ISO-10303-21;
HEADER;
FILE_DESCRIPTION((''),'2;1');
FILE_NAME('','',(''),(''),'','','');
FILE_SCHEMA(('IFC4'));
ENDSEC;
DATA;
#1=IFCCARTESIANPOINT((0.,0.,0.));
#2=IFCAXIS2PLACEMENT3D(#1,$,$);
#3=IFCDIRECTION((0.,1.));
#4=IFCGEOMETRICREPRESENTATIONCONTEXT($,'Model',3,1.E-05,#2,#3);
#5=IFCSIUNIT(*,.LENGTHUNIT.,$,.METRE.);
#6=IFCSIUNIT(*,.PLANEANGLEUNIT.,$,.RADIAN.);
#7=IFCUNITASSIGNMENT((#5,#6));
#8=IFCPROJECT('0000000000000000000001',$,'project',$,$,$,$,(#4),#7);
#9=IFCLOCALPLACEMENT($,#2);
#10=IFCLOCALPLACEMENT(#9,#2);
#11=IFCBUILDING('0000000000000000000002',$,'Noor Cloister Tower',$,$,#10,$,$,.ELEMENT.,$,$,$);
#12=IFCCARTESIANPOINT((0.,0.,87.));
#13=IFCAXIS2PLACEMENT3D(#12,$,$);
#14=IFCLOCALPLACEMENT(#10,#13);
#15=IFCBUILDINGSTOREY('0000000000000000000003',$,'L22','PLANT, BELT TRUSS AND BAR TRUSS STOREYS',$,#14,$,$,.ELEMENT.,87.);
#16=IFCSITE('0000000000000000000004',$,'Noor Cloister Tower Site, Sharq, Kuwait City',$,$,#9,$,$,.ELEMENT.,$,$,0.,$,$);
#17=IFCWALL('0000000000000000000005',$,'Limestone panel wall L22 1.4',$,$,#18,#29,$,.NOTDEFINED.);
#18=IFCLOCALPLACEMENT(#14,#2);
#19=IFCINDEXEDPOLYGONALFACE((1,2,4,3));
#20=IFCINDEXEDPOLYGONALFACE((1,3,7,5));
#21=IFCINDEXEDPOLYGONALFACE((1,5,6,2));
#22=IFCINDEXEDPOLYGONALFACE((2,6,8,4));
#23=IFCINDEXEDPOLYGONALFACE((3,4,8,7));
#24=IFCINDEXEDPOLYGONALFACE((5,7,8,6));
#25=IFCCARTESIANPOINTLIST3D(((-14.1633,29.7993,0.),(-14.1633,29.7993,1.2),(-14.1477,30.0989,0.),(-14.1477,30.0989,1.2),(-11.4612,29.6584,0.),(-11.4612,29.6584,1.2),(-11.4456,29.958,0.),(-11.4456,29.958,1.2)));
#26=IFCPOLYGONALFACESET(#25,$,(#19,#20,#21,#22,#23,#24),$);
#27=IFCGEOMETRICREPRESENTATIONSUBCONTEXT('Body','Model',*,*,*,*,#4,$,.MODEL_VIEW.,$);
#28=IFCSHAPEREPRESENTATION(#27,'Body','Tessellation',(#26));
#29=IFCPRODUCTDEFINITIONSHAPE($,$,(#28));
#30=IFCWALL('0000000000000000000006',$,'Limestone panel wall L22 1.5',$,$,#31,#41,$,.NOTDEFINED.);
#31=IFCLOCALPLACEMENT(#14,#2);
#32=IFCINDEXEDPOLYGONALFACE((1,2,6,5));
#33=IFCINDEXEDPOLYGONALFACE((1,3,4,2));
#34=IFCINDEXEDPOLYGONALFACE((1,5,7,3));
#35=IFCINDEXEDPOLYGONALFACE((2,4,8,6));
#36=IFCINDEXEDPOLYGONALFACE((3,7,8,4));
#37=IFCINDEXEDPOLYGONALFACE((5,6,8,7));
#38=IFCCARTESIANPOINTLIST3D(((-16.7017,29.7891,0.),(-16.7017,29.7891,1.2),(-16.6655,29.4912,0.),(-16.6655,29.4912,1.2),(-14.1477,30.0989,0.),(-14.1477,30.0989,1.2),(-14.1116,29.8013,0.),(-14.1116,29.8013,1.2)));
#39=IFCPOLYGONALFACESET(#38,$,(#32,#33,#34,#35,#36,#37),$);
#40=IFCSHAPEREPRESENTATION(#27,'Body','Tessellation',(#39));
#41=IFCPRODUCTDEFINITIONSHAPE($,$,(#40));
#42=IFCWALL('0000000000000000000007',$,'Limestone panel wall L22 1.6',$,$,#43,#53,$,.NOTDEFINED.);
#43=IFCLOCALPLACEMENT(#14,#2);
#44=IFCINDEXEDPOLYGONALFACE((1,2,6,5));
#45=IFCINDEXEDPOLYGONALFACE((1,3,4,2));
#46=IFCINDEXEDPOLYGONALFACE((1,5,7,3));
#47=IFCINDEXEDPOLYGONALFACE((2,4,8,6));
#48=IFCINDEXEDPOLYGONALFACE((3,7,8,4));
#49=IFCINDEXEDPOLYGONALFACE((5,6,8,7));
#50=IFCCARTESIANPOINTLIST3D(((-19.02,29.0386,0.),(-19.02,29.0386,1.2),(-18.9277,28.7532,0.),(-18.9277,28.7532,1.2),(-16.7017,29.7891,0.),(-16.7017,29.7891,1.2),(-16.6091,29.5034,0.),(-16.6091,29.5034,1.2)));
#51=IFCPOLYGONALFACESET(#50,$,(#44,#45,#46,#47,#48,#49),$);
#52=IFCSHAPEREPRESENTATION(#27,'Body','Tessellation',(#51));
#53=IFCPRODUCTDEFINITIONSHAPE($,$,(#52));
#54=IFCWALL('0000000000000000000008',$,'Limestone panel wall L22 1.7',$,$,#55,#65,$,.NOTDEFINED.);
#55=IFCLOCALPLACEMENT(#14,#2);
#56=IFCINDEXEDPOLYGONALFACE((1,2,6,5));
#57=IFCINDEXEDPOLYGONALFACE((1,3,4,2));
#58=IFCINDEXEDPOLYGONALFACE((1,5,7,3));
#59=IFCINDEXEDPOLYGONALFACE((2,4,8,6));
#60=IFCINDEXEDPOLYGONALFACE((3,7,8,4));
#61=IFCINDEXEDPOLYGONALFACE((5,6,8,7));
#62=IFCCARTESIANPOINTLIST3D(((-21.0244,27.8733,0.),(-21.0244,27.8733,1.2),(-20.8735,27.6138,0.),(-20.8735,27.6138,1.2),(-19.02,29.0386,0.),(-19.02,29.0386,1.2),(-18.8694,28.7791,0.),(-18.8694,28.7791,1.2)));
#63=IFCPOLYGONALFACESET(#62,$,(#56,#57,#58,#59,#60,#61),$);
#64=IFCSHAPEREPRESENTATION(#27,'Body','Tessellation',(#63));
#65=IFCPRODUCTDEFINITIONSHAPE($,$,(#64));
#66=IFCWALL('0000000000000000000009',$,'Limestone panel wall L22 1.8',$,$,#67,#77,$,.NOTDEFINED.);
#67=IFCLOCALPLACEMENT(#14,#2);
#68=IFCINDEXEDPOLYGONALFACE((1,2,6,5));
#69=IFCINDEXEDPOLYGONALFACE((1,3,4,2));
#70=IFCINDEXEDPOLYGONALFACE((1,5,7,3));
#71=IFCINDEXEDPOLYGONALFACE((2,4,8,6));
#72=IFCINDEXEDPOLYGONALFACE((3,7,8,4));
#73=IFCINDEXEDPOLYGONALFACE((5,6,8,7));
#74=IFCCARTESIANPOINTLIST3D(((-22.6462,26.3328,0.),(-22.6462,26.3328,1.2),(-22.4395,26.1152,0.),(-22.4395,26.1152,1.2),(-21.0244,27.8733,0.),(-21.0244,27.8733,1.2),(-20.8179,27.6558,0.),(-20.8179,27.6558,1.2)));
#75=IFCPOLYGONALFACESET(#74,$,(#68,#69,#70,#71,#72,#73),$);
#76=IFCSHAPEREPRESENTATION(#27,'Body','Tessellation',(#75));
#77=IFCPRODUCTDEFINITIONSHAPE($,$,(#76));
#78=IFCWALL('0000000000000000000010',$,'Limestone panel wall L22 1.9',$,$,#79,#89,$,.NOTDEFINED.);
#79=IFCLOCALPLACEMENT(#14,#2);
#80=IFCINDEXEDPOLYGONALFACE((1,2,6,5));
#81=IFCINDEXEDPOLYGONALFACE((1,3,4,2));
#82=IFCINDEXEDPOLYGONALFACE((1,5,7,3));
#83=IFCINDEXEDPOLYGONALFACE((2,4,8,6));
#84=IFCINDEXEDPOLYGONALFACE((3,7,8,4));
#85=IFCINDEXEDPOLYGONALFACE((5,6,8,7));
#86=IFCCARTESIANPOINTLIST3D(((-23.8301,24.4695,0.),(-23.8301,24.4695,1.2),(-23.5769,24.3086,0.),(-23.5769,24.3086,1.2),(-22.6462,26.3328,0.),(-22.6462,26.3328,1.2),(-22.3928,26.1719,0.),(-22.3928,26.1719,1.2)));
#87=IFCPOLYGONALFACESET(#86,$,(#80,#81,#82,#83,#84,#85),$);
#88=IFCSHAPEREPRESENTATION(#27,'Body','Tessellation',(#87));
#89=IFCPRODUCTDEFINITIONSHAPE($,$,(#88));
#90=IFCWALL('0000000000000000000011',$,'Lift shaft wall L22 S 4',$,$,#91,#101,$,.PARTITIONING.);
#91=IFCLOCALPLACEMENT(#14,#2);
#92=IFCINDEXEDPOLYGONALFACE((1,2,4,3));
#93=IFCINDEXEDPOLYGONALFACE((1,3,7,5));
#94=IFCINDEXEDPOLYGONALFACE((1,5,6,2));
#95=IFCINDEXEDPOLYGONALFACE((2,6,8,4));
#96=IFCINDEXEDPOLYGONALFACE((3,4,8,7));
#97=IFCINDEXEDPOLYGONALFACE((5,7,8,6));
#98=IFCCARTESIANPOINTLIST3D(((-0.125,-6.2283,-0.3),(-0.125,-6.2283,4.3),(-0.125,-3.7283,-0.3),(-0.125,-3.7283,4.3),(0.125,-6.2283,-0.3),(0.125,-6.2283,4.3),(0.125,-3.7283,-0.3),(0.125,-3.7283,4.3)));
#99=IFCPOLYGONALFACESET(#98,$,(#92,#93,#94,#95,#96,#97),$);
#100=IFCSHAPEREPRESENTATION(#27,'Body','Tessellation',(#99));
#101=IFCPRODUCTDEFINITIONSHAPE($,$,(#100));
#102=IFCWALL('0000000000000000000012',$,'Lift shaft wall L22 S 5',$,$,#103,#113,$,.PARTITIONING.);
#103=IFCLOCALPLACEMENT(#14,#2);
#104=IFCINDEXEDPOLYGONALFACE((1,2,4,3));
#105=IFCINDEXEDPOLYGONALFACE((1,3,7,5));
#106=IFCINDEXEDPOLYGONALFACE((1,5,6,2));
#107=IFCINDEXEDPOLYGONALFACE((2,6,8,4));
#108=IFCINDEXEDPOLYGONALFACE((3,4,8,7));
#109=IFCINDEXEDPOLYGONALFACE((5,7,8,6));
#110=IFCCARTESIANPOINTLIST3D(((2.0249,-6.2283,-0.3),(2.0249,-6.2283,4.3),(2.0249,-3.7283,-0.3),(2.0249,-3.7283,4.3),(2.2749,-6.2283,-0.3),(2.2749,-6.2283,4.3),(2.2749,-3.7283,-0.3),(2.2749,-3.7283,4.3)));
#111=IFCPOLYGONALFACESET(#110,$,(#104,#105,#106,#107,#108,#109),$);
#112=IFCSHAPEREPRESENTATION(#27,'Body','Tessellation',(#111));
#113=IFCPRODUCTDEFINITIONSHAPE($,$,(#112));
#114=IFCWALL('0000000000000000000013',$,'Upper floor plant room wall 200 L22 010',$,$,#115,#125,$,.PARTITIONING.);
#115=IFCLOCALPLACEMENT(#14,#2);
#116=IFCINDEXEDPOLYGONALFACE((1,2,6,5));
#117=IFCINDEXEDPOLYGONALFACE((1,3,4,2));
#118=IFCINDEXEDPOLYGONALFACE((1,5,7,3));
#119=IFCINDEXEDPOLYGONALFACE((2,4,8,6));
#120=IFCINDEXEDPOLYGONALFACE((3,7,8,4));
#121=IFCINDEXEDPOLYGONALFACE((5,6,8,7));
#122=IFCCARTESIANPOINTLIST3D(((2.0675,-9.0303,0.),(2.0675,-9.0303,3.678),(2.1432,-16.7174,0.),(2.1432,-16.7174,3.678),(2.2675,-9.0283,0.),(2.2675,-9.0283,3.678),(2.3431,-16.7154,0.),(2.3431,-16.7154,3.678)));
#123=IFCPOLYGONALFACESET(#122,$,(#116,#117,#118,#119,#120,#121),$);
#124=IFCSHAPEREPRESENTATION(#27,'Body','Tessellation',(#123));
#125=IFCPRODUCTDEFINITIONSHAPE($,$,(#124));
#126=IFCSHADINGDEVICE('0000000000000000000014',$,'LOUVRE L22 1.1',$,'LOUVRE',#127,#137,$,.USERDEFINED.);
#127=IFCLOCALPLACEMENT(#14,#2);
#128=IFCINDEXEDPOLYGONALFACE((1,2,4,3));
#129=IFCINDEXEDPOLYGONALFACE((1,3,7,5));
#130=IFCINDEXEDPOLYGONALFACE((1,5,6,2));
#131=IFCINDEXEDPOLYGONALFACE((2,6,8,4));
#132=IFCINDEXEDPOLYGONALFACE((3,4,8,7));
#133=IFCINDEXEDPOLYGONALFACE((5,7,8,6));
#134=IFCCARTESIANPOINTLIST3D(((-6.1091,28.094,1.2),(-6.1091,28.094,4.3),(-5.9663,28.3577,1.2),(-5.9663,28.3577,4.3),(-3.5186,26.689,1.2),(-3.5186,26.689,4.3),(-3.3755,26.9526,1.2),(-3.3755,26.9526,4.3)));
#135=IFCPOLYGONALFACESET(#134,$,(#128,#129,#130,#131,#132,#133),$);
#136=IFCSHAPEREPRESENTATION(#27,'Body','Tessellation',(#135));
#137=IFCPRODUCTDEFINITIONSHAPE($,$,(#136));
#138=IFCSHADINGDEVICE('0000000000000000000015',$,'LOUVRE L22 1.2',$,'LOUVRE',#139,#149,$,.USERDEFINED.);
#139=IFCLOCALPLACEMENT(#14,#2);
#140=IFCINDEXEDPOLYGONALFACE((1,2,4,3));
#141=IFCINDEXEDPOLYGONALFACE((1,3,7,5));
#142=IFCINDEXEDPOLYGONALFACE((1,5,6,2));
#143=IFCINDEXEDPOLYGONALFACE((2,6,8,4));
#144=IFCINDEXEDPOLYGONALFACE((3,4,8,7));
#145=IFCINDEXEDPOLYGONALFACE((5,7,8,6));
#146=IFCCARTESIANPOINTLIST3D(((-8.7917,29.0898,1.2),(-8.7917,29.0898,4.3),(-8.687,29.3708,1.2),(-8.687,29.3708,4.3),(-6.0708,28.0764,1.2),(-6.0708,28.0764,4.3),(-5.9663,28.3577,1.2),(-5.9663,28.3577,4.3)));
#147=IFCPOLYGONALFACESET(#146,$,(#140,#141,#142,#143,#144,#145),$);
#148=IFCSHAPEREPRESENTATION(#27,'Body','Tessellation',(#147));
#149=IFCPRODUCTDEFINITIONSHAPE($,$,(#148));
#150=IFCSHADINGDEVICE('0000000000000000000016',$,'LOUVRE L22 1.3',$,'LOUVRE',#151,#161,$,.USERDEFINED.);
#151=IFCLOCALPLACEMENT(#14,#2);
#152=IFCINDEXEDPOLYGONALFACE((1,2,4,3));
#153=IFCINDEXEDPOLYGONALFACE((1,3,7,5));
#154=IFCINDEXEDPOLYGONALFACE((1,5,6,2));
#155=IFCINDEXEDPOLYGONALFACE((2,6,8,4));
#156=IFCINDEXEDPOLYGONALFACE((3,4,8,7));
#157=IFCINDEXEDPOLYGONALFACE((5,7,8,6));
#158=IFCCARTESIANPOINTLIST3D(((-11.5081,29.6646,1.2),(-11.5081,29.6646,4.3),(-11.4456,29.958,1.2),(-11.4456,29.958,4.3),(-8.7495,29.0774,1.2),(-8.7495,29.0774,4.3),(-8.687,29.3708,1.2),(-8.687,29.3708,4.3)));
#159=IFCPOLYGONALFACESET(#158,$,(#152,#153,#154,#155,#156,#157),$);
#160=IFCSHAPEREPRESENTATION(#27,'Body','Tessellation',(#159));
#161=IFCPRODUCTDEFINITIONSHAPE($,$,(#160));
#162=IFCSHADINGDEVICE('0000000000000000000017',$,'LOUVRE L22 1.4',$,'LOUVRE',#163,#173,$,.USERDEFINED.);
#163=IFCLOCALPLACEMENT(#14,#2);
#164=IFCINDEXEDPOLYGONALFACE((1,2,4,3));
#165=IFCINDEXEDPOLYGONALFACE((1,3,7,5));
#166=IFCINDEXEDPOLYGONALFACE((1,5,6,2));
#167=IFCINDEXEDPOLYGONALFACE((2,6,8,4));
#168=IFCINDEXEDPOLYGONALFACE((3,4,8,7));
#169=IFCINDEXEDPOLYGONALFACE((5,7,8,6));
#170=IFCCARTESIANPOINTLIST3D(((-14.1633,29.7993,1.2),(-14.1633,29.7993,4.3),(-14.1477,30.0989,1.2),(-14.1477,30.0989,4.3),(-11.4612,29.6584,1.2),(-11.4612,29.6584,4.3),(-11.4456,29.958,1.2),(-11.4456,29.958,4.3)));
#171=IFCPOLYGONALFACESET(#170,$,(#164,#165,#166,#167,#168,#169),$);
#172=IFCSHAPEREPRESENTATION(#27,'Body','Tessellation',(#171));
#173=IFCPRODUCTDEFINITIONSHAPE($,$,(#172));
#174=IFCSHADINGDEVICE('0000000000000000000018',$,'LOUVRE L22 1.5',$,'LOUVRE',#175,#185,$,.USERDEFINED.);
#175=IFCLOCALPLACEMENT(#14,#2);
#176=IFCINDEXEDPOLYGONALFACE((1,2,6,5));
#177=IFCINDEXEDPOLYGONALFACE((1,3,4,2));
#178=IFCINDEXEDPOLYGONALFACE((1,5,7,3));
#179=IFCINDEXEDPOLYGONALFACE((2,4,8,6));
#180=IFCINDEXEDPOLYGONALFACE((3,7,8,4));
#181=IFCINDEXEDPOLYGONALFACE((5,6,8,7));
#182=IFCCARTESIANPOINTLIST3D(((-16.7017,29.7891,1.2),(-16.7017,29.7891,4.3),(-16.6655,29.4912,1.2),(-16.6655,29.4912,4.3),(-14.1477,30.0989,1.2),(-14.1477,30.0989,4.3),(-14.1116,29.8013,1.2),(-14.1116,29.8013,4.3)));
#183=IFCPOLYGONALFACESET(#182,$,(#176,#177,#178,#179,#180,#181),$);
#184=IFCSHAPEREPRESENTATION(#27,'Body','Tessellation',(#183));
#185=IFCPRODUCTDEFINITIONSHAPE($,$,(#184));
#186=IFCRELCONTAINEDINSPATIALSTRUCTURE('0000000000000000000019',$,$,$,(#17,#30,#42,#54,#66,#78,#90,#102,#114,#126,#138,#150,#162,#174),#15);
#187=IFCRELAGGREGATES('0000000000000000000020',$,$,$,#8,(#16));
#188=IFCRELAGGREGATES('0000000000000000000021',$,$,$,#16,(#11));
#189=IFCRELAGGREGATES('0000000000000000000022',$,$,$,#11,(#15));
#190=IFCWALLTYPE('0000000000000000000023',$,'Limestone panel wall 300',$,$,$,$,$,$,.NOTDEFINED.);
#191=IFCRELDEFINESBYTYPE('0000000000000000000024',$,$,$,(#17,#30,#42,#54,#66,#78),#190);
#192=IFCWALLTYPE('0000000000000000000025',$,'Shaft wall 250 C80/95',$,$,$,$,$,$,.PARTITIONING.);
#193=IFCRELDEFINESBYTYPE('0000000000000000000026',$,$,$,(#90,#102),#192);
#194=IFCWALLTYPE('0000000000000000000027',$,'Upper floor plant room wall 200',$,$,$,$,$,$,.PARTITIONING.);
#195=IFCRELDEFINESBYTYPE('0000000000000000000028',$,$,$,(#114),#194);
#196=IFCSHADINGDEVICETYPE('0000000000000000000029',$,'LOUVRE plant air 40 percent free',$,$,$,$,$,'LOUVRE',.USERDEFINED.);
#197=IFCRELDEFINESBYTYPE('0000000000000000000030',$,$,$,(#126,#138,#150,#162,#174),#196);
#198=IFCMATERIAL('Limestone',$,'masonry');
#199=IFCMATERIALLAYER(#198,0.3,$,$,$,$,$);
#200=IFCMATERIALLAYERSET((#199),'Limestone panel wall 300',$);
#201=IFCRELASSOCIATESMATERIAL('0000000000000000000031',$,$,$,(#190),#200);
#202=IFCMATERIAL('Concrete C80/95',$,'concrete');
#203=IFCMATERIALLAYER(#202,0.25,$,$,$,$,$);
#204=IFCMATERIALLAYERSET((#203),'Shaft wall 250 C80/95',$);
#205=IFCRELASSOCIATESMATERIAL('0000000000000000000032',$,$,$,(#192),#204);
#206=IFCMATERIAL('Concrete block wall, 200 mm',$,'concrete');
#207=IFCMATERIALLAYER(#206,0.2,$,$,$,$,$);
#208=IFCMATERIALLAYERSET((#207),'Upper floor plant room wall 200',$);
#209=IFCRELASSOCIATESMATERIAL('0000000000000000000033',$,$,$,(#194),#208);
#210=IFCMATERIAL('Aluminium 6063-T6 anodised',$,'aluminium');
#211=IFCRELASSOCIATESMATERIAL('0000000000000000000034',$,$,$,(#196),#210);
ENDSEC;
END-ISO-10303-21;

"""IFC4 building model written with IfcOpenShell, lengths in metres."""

from ifc_helpers import new_model, si_unit, direction, frame, frame_2d, origin, place, context, subcontext, project, spatial, polyline, rectangle, outline, extrude, material, layer, layer_set, type_object, element, save


model = new_model("IFC4")

# Units and contexts
model_context = context("Model", 3, precision=1e-05, world=origin(), true_north=direction((0.0, 1.0)))
body_context = subcontext(model_context, "Body", "Model", "MODEL_VIEW")
ifc_project = project(units=[si_unit("LENGTHUNIT", "METRE"), si_unit("PLANEANGLEUNIT", "RADIAN")], contexts=[model_context])

# Site, building, storey
site_placement = place(None, origin())
site = spatial("IfcSite", under=ifc_project, at=site_placement, Name="Noor Cloister Tower Site, Sharq, Kuwait City", CompositionType="ELEMENT", RefElevation=0.0)
building_placement = place(site_placement, origin())
building = spatial("IfcBuilding", under=site, at=building_placement, Name="Noor Cloister Tower", CompositionType="ELEMENT")
storey_placement = place(building_placement, frame((0.0, 0.0, 87.0)))
storey = spatial("IfcBuildingStorey", under=building, at=storey_placement, Name="L22", Description="PLANT, BELT TRUSS AND BAR TRUSS STOREYS", CompositionType="ELEMENT", Elevation=87.0)

# Walls
ifc_material_1 = material(Name="Limestone", Category="masonry")
ifc_layer_1 = layer(ifc_material_1, 0.3)
ifc_layer_set_1 = layer_set([ifc_layer_1], Name="Limestone panel wall 300")
wall_type_1 = type_object("IfcWallType", Name="Limestone panel wall 300", PredefinedType="NOTDEFINED", material=ifc_layer_set_1)
wall_1_placement = place(storey_placement, origin())
element("IfcWall", 1, at=wall_1_placement, inside=storey, type_object=wall_type_1, Name="Limestone panel wall L22 1.4", PredefinedType="NOTDEFINED", context=body_context, shape_type="SweptSolid", body=[
    extrude(outline(polyline([(-11.4456, 29.958), (-14.1477, 30.0989), (-14.1633, 29.7993), (-11.4612, 29.6584), (-11.4456, 29.958)])), origin(), (0.0, 0.0, 1.0), 1.2),
])
wall_2_placement = place(storey_placement, origin())
element("IfcWall", 2, at=wall_2_placement, inside=storey, type_object=wall_type_1, Name="Limestone panel wall L22 1.5", PredefinedType="NOTDEFINED", context=body_context, shape_type="SweptSolid", body=[
    extrude(outline(polyline([(-14.1477, 30.0989), (-16.7017, 29.7891), (-16.6655, 29.4912), (-14.1116, 29.8013), (-14.1477, 30.0989)])), origin(), (0.0, 0.0, 1.0), 1.2),
])
wall_3_placement = place(storey_placement, origin())
element("IfcWall", 3, at=wall_3_placement, inside=storey, type_object=wall_type_1, Name="Limestone panel wall L22 1.6", PredefinedType="NOTDEFINED", context=body_context, shape_type="SweptSolid", body=[
    extrude(outline(polyline([(-16.7017, 29.7891), (-19.02, 29.0386), (-18.9277, 28.7532), (-16.6091, 29.5034), (-16.7017, 29.7891)])), origin(), (0.0, 0.0, 1.0), 1.2),
])
wall_4_placement = place(storey_placement, origin())
element("IfcWall", 4, at=wall_4_placement, inside=storey, type_object=wall_type_1, Name="Limestone panel wall L22 1.7", PredefinedType="NOTDEFINED", context=body_context, shape_type="SweptSolid", body=[
    extrude(outline(polyline([(-19.02, 29.0386), (-21.0244, 27.8733), (-20.8735, 27.6138), (-18.8694, 28.7791), (-19.02, 29.0386)])), origin(), (0.0, 0.0, 1.0), 1.2),
])
wall_5_placement = place(storey_placement, origin())
element("IfcWall", 5, at=wall_5_placement, inside=storey, type_object=wall_type_1, Name="Limestone panel wall L22 1.8", PredefinedType="NOTDEFINED", context=body_context, shape_type="SweptSolid", body=[
    extrude(outline(polyline([(-21.0244, 27.8733), (-22.6462, 26.3328), (-22.4395, 26.1152), (-20.8179, 27.6558), (-21.0244, 27.8733)])), origin(), (0.0, 0.0, 1.0), 1.2),
])
wall_6_placement = place(storey_placement, origin())
element("IfcWall", 6, at=wall_6_placement, inside=storey, type_object=wall_type_1, Name="Limestone panel wall L22 1.9", PredefinedType="NOTDEFINED", context=body_context, shape_type="SweptSolid", body=[
    extrude(outline(polyline([(-22.6462, 26.3328), (-23.8301, 24.4695), (-23.5769, 24.3086), (-22.3928, 26.1719), (-22.6462, 26.3328)])), origin(), (0.0, 0.0, 1.0), 1.2),
])
ifc_material_2 = material(Name="Concrete C80/95", Category="concrete")
ifc_layer_2 = layer(ifc_material_2, 0.25)
ifc_layer_set_2 = layer_set([ifc_layer_2], Name="Shaft wall 250 C80/95")
wall_type_2 = type_object("IfcWallType", Name="Shaft wall 250 C80/95", PredefinedType="PARTITIONING", material=ifc_layer_set_2)
for number, where, z_axis, x_axis, name in (
    (7, (0.0, -6.2283, -0.3), (0.0, 0.0, 1.0), (0.0, 1.0, 0.0), "Lift shaft wall L22 S 4"),
    (8, (2.1499, -6.2283, -0.3), (0.0, 0.0, 1.0), (0.0, 1.0, 0.0), "Lift shaft wall L22 S 5"),
):
    element("IfcWall", number, at=place(storey_placement, frame(where, z_axis=z_axis, x_axis=x_axis)), inside=storey, type_object=wall_type_2, Name=name, PredefinedType="PARTITIONING", context=body_context, shape_type="SweptSolid", body=[
        extrude(rectangle(XDim=2.5, YDim=0.25, at=frame_2d((1.25, 0.0))), origin(), (0.0, 0.0, 1.0), 4.6001),
    ])
ifc_material_3 = material(Name="Concrete block wall, 200 mm", Category="concrete")
ifc_layer_3 = layer(ifc_material_3, 0.2)
ifc_layer_set_3 = layer_set([ifc_layer_3], Name="Upper floor plant room wall 200")
wall_type_3 = type_object("IfcWallType", Name="Upper floor plant room wall 200", PredefinedType="PARTITIONING", material=ifc_layer_set_3)
wall_7_placement = place(storey_placement, frame((2.1675, -9.0293, 0.0), z_axis=(0.0, 0.0, 1.0), x_axis=(0.009845, -0.999952, 0.0)))
element("IfcWall", 9, at=wall_7_placement, inside=storey, type_object=wall_type_3, Name="Upper floor plant room wall 200 L22 010", PredefinedType="PARTITIONING", context=body_context, shape_type="SweptSolid", body=[
    extrude(rectangle(XDim=7.6875, YDim=0.2, at=frame_2d((3.8438, 0.0))), origin(), (0.0, 0.0, 1.0), 3.678),
])

# Shading devices
ifc_material_4 = material(Name="Aluminium 6063-T6 anodised", Category="aluminium")
shading_device_type = type_object("IfcShadingDeviceType", Name="LOUVRE plant air 40 percent free", ElementType="LOUVRE", PredefinedType="USERDEFINED", material=ifc_material_4)
shading_device_1_placement = place(storey_placement, frame((0.0, 0.0, 1.2)))
element("IfcShadingDevice", 10, at=shading_device_1_placement, inside=storey, type_object=shading_device_type, Name="LOUVRE L22 1.1", ObjectType="LOUVRE", PredefinedType="USERDEFINED", context=body_context, shape_type="SweptSolid", body=[
    extrude(outline(polyline([(-3.3755, 26.9526), (-5.9663, 28.3577), (-6.1091, 28.094), (-3.5186, 26.689), (-3.3755, 26.9526)])), origin(), (0.0, 0.0, 1.0), 3.1001),
])
shading_device_2_placement = place(storey_placement, frame((0.0, 0.0, 1.2)))
element("IfcShadingDevice", 11, at=shading_device_2_placement, inside=storey, type_object=shading_device_type, Name="LOUVRE L22 1.2", ObjectType="LOUVRE", PredefinedType="USERDEFINED", context=body_context, shape_type="SweptSolid", body=[
    extrude(outline(polyline([(-5.9663, 28.3577), (-8.687, 29.3708), (-8.7917, 29.0898), (-6.0708, 28.0764), (-5.9663, 28.3577)])), origin(), (0.0, 0.0, 1.0), 3.1001),
])
shading_device_3_placement = place(storey_placement, frame((0.0, 0.0, 1.2)))
element("IfcShadingDevice", 12, at=shading_device_3_placement, inside=storey, type_object=shading_device_type, Name="LOUVRE L22 1.3", ObjectType="LOUVRE", PredefinedType="USERDEFINED", context=body_context, shape_type="SweptSolid", body=[
    extrude(outline(polyline([(-8.687, 29.3708), (-11.4456, 29.958), (-11.5081, 29.6646), (-8.7495, 29.0774), (-8.687, 29.3708)])), origin(), (0.0, 0.0, 1.0), 3.1001),
])
shading_device_4_placement = place(storey_placement, frame((0.0, 0.0, 1.2)))
element("IfcShadingDevice", 13, at=shading_device_4_placement, inside=storey, type_object=shading_device_type, Name="LOUVRE L22 1.4", ObjectType="LOUVRE", PredefinedType="USERDEFINED", context=body_context, shape_type="SweptSolid", body=[
    extrude(outline(polyline([(-11.4456, 29.958), (-14.1477, 30.0989), (-14.1633, 29.7993), (-11.4612, 29.6584), (-11.4456, 29.958)])), origin(), (0.0, 0.0, 1.0), 3.1001),
])
shading_device_5_placement = place(storey_placement, frame((0.0, 0.0, 1.2)))
element("IfcShadingDevice", 14, at=shading_device_5_placement, inside=storey, type_object=shading_device_type, Name="LOUVRE L22 1.5", ObjectType="LOUVRE", PredefinedType="USERDEFINED", context=body_context, shape_type="SweptSolid", body=[
    extrude(outline(polyline([(-14.1477, 30.0989), (-16.7017, 29.7891), (-16.6655, 29.4912), (-14.1116, 29.8013), (-14.1477, 30.0989)])), origin(), (0.0, 0.0, 1.0), 3.1001),
])

save(model, "model.ifc")
